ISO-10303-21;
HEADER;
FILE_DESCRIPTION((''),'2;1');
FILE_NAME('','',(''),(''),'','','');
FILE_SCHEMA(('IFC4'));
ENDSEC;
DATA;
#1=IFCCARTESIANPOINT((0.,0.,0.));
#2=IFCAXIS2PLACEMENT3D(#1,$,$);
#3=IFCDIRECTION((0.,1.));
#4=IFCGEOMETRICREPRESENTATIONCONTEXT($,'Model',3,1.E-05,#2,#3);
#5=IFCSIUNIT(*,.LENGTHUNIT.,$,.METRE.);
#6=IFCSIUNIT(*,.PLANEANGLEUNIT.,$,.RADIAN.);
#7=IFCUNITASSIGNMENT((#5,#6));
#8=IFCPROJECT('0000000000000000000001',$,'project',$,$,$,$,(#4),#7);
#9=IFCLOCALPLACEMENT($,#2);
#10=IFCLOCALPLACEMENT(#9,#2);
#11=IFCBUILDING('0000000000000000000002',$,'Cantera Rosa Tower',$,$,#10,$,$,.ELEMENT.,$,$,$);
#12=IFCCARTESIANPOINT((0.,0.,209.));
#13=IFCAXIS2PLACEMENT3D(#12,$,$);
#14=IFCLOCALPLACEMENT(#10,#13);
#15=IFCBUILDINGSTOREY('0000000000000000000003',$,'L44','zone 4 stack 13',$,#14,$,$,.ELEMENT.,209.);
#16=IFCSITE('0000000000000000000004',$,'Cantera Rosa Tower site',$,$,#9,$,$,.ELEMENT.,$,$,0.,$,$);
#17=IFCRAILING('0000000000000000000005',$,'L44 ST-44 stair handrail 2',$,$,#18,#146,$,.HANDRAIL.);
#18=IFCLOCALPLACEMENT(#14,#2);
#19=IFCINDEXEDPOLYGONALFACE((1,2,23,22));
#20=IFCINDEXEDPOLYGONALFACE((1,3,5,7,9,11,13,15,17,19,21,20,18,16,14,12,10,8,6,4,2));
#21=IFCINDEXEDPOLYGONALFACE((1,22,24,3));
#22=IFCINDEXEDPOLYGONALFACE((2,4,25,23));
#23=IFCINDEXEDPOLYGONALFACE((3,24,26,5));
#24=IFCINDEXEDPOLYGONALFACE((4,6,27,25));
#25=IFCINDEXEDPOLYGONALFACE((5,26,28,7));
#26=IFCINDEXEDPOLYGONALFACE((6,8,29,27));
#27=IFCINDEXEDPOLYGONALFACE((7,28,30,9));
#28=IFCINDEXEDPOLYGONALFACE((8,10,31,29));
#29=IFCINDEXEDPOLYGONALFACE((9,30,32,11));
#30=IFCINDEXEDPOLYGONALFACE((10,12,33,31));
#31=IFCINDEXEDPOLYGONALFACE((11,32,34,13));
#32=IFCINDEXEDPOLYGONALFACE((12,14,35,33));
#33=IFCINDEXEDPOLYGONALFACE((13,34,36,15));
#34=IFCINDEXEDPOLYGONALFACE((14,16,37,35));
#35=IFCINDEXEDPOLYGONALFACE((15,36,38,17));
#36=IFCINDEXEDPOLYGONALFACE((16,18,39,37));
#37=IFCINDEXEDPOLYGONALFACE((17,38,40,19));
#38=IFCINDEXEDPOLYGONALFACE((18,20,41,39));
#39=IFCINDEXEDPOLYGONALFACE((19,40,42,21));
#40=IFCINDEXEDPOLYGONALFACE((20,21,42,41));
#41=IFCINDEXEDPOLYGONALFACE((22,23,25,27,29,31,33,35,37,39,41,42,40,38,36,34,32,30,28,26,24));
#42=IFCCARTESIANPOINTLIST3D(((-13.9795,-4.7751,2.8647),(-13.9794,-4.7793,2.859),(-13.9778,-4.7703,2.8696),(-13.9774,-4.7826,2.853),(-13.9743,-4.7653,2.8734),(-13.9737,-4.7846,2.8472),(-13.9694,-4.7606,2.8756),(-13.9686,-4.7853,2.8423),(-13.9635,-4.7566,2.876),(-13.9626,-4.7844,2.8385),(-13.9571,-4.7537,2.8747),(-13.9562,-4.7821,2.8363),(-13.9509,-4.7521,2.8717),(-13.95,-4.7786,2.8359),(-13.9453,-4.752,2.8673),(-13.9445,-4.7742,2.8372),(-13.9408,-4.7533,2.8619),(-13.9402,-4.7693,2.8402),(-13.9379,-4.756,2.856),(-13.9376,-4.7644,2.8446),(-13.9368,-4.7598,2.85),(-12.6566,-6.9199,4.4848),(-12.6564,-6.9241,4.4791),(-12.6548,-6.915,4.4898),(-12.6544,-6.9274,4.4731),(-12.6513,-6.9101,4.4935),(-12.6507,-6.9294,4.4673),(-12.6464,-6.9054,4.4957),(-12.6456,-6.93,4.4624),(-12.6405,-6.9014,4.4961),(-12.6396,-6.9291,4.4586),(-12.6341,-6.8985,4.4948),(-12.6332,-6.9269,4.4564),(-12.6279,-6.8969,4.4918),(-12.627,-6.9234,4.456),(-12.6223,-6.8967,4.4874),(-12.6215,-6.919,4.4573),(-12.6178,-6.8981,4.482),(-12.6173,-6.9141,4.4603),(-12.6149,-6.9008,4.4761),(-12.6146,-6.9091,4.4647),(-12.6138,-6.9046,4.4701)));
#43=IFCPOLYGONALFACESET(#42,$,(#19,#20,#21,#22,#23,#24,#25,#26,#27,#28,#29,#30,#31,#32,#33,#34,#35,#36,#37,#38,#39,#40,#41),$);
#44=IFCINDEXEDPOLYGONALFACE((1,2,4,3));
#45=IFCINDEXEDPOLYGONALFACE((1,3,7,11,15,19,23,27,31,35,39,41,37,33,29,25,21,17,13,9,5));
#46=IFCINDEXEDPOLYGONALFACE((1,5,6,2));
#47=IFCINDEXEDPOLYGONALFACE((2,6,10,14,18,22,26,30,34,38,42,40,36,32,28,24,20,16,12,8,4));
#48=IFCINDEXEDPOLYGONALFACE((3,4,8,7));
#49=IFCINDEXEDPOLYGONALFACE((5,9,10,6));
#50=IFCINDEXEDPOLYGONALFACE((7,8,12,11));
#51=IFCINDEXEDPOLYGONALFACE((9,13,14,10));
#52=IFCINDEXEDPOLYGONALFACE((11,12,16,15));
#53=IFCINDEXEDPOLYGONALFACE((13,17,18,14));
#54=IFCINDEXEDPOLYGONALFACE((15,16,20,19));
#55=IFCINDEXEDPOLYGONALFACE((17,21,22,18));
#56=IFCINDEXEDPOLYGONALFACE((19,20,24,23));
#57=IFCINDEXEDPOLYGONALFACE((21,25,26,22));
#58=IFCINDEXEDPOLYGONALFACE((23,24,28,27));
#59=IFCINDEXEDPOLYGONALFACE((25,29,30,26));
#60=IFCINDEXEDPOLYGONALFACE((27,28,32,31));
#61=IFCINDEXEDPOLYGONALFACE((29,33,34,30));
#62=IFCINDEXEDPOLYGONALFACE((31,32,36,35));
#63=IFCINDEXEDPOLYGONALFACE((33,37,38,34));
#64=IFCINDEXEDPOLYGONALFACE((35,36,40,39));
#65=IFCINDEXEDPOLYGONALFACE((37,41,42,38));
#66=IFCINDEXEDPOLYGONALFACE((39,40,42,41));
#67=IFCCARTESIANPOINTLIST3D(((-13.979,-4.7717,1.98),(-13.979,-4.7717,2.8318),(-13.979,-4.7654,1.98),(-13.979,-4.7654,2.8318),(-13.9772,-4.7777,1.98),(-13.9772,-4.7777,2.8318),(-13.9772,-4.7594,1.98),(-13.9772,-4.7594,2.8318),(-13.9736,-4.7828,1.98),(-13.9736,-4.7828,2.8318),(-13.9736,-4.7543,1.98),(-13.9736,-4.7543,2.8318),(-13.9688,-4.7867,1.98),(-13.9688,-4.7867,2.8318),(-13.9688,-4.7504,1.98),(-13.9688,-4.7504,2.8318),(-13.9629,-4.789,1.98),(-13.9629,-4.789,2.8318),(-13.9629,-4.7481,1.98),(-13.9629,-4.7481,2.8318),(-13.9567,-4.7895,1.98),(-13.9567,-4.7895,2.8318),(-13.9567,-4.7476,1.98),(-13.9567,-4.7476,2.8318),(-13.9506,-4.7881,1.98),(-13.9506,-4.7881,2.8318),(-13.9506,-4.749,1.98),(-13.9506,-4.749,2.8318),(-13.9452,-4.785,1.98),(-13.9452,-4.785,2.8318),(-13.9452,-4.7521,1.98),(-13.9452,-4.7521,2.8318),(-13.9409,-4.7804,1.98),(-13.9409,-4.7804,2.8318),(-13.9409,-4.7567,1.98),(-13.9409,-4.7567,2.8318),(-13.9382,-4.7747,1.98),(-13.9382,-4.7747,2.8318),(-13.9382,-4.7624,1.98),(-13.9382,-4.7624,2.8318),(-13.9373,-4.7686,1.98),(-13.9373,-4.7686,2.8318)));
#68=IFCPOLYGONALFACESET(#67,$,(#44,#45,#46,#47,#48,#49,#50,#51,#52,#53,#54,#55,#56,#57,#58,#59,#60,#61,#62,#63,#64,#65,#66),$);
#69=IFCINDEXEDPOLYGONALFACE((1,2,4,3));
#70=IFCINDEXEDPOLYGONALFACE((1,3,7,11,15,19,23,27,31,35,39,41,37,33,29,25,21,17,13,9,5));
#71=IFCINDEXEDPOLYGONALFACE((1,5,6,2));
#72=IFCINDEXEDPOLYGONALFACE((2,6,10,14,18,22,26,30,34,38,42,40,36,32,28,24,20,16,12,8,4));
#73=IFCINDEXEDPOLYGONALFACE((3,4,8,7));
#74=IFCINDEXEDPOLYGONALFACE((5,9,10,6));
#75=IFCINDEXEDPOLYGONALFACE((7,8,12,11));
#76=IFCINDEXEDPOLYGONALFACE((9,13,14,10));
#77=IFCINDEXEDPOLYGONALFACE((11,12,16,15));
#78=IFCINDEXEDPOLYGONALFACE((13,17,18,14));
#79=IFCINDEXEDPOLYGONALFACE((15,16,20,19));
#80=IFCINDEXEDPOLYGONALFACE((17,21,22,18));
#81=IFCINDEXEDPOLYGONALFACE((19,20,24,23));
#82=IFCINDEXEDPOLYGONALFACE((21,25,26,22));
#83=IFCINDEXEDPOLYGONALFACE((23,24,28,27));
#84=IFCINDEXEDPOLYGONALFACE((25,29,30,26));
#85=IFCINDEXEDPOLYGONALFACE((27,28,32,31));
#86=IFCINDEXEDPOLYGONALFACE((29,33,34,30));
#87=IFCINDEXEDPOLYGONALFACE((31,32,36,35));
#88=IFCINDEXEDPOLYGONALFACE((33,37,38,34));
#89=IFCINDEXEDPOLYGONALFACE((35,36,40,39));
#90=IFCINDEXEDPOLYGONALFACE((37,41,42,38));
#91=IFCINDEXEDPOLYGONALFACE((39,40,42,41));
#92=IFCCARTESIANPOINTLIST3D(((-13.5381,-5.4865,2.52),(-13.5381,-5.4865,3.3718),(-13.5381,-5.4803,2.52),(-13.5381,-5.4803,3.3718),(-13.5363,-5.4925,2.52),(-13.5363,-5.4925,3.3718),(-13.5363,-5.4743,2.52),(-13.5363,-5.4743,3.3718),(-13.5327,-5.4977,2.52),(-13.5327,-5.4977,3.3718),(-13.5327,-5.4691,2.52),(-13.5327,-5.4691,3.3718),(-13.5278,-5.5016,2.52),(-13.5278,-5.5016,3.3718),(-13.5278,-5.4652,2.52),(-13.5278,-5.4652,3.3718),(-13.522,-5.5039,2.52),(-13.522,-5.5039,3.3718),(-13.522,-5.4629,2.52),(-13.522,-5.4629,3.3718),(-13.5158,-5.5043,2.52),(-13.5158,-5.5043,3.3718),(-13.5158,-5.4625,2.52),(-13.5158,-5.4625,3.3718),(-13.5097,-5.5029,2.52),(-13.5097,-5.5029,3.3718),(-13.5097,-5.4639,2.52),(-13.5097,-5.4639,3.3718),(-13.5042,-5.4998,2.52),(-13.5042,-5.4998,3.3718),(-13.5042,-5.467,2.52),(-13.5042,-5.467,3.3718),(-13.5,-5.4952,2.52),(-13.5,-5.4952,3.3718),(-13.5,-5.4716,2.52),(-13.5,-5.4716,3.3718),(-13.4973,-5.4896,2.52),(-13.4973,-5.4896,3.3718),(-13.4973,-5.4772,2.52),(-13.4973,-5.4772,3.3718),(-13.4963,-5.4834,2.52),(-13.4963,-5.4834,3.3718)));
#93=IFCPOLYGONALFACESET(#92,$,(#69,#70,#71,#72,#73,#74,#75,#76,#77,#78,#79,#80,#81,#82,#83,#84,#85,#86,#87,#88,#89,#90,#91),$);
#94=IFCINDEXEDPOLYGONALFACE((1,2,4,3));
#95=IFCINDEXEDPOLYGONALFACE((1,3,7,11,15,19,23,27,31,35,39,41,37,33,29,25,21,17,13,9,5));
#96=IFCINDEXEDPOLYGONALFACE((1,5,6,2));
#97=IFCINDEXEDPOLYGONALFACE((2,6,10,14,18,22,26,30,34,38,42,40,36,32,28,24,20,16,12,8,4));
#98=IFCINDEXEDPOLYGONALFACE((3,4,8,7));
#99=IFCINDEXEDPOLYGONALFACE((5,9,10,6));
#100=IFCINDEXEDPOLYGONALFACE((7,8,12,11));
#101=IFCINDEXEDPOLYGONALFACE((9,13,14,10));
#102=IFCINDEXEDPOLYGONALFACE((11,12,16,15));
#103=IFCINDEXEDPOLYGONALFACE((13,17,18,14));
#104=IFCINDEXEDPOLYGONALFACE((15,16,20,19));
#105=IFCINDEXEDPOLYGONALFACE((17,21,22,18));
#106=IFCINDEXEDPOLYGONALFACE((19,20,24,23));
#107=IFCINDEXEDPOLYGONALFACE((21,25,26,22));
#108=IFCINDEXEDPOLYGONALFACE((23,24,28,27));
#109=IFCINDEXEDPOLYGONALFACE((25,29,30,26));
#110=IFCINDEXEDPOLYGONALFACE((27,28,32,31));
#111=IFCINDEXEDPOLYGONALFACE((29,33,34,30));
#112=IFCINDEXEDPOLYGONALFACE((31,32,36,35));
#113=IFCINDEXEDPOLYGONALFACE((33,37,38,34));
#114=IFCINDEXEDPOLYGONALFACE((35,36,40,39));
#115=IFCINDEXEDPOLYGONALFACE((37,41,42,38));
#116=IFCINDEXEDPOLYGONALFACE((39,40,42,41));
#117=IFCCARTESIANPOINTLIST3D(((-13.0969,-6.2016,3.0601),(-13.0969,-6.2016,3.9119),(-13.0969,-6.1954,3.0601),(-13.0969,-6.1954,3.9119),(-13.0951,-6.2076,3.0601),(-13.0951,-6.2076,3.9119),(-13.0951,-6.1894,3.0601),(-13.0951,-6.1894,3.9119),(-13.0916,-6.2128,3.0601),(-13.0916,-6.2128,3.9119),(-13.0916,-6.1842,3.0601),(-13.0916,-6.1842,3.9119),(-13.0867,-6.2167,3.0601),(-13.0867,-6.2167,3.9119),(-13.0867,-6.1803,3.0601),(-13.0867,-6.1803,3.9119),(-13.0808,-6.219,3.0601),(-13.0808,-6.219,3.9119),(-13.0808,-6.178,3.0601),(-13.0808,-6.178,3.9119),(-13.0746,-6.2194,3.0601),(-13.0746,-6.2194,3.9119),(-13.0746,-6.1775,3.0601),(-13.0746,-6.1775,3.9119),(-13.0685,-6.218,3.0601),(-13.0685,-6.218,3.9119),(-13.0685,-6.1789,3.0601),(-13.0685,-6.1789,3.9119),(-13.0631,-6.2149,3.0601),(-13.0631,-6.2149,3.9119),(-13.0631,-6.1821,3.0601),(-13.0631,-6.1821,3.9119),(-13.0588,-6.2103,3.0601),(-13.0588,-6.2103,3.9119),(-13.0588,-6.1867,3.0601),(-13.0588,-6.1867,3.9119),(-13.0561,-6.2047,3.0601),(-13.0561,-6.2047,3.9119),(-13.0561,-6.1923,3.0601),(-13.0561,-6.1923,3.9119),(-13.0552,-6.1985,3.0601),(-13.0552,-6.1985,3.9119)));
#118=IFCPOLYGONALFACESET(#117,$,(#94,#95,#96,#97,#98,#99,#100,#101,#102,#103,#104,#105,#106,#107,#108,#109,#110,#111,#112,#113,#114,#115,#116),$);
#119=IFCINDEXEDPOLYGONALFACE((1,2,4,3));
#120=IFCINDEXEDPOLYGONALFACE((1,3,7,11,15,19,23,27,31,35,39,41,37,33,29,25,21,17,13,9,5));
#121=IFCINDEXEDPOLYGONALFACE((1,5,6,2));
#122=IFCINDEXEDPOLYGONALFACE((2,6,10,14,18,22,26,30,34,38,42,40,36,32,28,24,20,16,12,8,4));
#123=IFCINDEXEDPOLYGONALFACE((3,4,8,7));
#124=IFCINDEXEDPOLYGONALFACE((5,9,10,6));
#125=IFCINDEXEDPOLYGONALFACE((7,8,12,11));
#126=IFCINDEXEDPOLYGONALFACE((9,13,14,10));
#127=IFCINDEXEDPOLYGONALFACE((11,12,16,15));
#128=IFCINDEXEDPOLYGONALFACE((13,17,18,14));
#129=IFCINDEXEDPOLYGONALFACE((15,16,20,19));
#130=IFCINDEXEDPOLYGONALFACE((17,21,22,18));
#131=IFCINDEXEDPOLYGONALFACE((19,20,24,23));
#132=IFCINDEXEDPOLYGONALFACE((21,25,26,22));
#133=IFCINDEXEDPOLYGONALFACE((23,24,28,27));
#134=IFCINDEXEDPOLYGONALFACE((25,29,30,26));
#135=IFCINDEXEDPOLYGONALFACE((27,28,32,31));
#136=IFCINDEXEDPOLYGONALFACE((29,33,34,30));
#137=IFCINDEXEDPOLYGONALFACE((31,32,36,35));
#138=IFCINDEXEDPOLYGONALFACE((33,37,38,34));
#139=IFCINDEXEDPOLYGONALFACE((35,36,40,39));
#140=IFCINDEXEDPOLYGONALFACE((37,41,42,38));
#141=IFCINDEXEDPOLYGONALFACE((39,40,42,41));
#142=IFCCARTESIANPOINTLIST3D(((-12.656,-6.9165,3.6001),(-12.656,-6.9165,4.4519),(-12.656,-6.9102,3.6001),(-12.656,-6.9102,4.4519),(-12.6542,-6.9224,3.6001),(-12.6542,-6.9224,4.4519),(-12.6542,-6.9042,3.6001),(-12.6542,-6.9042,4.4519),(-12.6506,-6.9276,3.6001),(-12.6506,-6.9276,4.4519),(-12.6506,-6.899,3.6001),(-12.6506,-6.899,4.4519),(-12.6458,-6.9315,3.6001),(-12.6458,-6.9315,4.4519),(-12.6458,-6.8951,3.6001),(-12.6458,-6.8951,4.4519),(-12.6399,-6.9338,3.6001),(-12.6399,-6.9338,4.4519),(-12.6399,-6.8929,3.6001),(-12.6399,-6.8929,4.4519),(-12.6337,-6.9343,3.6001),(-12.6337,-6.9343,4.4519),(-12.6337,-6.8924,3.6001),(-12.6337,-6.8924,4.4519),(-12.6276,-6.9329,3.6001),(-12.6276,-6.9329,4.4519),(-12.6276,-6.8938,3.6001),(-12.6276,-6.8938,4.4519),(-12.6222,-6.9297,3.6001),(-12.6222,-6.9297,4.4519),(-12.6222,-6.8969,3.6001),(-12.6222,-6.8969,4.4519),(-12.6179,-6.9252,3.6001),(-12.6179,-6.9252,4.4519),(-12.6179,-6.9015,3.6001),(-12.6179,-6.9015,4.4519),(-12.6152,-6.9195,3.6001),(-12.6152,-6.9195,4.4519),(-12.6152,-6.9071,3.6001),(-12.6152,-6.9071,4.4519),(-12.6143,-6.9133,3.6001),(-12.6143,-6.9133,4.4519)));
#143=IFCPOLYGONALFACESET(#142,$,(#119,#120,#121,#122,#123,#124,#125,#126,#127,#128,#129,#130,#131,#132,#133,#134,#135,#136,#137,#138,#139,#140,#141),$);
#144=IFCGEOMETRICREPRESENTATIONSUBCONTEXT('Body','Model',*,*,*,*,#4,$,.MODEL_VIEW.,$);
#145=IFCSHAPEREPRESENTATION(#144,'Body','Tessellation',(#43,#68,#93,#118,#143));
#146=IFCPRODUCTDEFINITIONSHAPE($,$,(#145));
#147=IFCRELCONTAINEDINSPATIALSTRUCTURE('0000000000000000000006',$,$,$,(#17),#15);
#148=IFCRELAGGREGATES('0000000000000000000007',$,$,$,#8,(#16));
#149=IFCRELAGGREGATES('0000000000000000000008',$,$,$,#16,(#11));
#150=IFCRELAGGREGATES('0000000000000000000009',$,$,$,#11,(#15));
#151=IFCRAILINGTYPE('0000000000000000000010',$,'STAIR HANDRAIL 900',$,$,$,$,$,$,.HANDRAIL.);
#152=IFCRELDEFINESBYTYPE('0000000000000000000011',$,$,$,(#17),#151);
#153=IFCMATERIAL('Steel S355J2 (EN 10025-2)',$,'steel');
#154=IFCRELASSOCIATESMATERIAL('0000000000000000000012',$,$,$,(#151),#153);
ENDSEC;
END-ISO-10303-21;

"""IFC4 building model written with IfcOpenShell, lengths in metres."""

from ifc_helpers import new_model, si_unit, direction, frame, origin, origin_2d, place, context, subcontext, project, spatial, circle, extrude, material, type_object, element, save


model = new_model("IFC4")

# Units and contexts
model_context = context("Model", 3, precision=1e-05, world=origin(), true_north=direction((0.0, 1.0)))
body_context = subcontext(model_context, "Body", "Model", "MODEL_VIEW")
ifc_project = project(units=[si_unit("LENGTHUNIT", "METRE"), si_unit("PLANEANGLEUNIT", "RADIAN")], contexts=[model_context])

# Site, building, storey
site_placement = place(None, origin())
site = spatial("IfcSite", under=ifc_project, at=site_placement, Name="Cantera Rosa Tower site", CompositionType="ELEMENT", RefElevation=0.0)
building_placement = place(site_placement, origin())
building = spatial("IfcBuilding", under=site, at=building_placement, Name="Cantera Rosa Tower", CompositionType="ELEMENT")
storey_placement = place(building_placement, frame((0.0, 0.0, 209.0)))
storey = spatial("IfcBuildingStorey", under=building, at=storey_placement, Name="L44", Description="zone 4 stack 13", CompositionType="ELEMENT", Elevation=209.0)

# Railing
ifc_material_1 = material(Name="Steel S355J2 (EN 10025-2)", Category="steel")
railing_type_1 = type_object("IfcRailingType", Name="STAIR HANDRAIL 900", PredefinedType="HANDRAIL", material=ifc_material_1)
railing_1_placement = place(storey_placement, frame((-13.9583, -4.7686, 1.98)))
element("IfcRailing", 1, at=railing_1_placement, inside=storey, type_object=railing_type_1, Name="L44 ST-44 stair handrail 2", PredefinedType="HANDRAIL", context=body_context, shape_type="SweptSolid", body=[
    extrude(circle(Radius=0.0239, at=origin_2d()), frame((0.0, 0.0, 0.876), z_axis=(0.441609, -0.715914, 0.540786), x_axis=(0.851102, 0.525, 0.0)), (0.0, 0.0, 1.0), 2.9958),
    extrude(circle(Radius=0.021, at=origin_2d()), origin(), (0.0, 0.0, 1.0), 0.8518),
    extrude(circle(Radius=0.021, at=origin_2d()), frame((0.4409, -0.7148, 0.54)), (0.0, 0.0, 1.0), 0.8518),
    extrude(circle(Radius=0.021, at=origin_2d()), frame((0.8821, -1.4299, 1.0801)), (0.0, 0.0, 1.0), 0.8518),
    extrude(circle(Radius=0.021, at=origin_2d()), frame((1.323, -2.1448, 1.6201)), (0.0, 0.0, 1.0), 0.8518),
])

save(model, "model.ifc")
